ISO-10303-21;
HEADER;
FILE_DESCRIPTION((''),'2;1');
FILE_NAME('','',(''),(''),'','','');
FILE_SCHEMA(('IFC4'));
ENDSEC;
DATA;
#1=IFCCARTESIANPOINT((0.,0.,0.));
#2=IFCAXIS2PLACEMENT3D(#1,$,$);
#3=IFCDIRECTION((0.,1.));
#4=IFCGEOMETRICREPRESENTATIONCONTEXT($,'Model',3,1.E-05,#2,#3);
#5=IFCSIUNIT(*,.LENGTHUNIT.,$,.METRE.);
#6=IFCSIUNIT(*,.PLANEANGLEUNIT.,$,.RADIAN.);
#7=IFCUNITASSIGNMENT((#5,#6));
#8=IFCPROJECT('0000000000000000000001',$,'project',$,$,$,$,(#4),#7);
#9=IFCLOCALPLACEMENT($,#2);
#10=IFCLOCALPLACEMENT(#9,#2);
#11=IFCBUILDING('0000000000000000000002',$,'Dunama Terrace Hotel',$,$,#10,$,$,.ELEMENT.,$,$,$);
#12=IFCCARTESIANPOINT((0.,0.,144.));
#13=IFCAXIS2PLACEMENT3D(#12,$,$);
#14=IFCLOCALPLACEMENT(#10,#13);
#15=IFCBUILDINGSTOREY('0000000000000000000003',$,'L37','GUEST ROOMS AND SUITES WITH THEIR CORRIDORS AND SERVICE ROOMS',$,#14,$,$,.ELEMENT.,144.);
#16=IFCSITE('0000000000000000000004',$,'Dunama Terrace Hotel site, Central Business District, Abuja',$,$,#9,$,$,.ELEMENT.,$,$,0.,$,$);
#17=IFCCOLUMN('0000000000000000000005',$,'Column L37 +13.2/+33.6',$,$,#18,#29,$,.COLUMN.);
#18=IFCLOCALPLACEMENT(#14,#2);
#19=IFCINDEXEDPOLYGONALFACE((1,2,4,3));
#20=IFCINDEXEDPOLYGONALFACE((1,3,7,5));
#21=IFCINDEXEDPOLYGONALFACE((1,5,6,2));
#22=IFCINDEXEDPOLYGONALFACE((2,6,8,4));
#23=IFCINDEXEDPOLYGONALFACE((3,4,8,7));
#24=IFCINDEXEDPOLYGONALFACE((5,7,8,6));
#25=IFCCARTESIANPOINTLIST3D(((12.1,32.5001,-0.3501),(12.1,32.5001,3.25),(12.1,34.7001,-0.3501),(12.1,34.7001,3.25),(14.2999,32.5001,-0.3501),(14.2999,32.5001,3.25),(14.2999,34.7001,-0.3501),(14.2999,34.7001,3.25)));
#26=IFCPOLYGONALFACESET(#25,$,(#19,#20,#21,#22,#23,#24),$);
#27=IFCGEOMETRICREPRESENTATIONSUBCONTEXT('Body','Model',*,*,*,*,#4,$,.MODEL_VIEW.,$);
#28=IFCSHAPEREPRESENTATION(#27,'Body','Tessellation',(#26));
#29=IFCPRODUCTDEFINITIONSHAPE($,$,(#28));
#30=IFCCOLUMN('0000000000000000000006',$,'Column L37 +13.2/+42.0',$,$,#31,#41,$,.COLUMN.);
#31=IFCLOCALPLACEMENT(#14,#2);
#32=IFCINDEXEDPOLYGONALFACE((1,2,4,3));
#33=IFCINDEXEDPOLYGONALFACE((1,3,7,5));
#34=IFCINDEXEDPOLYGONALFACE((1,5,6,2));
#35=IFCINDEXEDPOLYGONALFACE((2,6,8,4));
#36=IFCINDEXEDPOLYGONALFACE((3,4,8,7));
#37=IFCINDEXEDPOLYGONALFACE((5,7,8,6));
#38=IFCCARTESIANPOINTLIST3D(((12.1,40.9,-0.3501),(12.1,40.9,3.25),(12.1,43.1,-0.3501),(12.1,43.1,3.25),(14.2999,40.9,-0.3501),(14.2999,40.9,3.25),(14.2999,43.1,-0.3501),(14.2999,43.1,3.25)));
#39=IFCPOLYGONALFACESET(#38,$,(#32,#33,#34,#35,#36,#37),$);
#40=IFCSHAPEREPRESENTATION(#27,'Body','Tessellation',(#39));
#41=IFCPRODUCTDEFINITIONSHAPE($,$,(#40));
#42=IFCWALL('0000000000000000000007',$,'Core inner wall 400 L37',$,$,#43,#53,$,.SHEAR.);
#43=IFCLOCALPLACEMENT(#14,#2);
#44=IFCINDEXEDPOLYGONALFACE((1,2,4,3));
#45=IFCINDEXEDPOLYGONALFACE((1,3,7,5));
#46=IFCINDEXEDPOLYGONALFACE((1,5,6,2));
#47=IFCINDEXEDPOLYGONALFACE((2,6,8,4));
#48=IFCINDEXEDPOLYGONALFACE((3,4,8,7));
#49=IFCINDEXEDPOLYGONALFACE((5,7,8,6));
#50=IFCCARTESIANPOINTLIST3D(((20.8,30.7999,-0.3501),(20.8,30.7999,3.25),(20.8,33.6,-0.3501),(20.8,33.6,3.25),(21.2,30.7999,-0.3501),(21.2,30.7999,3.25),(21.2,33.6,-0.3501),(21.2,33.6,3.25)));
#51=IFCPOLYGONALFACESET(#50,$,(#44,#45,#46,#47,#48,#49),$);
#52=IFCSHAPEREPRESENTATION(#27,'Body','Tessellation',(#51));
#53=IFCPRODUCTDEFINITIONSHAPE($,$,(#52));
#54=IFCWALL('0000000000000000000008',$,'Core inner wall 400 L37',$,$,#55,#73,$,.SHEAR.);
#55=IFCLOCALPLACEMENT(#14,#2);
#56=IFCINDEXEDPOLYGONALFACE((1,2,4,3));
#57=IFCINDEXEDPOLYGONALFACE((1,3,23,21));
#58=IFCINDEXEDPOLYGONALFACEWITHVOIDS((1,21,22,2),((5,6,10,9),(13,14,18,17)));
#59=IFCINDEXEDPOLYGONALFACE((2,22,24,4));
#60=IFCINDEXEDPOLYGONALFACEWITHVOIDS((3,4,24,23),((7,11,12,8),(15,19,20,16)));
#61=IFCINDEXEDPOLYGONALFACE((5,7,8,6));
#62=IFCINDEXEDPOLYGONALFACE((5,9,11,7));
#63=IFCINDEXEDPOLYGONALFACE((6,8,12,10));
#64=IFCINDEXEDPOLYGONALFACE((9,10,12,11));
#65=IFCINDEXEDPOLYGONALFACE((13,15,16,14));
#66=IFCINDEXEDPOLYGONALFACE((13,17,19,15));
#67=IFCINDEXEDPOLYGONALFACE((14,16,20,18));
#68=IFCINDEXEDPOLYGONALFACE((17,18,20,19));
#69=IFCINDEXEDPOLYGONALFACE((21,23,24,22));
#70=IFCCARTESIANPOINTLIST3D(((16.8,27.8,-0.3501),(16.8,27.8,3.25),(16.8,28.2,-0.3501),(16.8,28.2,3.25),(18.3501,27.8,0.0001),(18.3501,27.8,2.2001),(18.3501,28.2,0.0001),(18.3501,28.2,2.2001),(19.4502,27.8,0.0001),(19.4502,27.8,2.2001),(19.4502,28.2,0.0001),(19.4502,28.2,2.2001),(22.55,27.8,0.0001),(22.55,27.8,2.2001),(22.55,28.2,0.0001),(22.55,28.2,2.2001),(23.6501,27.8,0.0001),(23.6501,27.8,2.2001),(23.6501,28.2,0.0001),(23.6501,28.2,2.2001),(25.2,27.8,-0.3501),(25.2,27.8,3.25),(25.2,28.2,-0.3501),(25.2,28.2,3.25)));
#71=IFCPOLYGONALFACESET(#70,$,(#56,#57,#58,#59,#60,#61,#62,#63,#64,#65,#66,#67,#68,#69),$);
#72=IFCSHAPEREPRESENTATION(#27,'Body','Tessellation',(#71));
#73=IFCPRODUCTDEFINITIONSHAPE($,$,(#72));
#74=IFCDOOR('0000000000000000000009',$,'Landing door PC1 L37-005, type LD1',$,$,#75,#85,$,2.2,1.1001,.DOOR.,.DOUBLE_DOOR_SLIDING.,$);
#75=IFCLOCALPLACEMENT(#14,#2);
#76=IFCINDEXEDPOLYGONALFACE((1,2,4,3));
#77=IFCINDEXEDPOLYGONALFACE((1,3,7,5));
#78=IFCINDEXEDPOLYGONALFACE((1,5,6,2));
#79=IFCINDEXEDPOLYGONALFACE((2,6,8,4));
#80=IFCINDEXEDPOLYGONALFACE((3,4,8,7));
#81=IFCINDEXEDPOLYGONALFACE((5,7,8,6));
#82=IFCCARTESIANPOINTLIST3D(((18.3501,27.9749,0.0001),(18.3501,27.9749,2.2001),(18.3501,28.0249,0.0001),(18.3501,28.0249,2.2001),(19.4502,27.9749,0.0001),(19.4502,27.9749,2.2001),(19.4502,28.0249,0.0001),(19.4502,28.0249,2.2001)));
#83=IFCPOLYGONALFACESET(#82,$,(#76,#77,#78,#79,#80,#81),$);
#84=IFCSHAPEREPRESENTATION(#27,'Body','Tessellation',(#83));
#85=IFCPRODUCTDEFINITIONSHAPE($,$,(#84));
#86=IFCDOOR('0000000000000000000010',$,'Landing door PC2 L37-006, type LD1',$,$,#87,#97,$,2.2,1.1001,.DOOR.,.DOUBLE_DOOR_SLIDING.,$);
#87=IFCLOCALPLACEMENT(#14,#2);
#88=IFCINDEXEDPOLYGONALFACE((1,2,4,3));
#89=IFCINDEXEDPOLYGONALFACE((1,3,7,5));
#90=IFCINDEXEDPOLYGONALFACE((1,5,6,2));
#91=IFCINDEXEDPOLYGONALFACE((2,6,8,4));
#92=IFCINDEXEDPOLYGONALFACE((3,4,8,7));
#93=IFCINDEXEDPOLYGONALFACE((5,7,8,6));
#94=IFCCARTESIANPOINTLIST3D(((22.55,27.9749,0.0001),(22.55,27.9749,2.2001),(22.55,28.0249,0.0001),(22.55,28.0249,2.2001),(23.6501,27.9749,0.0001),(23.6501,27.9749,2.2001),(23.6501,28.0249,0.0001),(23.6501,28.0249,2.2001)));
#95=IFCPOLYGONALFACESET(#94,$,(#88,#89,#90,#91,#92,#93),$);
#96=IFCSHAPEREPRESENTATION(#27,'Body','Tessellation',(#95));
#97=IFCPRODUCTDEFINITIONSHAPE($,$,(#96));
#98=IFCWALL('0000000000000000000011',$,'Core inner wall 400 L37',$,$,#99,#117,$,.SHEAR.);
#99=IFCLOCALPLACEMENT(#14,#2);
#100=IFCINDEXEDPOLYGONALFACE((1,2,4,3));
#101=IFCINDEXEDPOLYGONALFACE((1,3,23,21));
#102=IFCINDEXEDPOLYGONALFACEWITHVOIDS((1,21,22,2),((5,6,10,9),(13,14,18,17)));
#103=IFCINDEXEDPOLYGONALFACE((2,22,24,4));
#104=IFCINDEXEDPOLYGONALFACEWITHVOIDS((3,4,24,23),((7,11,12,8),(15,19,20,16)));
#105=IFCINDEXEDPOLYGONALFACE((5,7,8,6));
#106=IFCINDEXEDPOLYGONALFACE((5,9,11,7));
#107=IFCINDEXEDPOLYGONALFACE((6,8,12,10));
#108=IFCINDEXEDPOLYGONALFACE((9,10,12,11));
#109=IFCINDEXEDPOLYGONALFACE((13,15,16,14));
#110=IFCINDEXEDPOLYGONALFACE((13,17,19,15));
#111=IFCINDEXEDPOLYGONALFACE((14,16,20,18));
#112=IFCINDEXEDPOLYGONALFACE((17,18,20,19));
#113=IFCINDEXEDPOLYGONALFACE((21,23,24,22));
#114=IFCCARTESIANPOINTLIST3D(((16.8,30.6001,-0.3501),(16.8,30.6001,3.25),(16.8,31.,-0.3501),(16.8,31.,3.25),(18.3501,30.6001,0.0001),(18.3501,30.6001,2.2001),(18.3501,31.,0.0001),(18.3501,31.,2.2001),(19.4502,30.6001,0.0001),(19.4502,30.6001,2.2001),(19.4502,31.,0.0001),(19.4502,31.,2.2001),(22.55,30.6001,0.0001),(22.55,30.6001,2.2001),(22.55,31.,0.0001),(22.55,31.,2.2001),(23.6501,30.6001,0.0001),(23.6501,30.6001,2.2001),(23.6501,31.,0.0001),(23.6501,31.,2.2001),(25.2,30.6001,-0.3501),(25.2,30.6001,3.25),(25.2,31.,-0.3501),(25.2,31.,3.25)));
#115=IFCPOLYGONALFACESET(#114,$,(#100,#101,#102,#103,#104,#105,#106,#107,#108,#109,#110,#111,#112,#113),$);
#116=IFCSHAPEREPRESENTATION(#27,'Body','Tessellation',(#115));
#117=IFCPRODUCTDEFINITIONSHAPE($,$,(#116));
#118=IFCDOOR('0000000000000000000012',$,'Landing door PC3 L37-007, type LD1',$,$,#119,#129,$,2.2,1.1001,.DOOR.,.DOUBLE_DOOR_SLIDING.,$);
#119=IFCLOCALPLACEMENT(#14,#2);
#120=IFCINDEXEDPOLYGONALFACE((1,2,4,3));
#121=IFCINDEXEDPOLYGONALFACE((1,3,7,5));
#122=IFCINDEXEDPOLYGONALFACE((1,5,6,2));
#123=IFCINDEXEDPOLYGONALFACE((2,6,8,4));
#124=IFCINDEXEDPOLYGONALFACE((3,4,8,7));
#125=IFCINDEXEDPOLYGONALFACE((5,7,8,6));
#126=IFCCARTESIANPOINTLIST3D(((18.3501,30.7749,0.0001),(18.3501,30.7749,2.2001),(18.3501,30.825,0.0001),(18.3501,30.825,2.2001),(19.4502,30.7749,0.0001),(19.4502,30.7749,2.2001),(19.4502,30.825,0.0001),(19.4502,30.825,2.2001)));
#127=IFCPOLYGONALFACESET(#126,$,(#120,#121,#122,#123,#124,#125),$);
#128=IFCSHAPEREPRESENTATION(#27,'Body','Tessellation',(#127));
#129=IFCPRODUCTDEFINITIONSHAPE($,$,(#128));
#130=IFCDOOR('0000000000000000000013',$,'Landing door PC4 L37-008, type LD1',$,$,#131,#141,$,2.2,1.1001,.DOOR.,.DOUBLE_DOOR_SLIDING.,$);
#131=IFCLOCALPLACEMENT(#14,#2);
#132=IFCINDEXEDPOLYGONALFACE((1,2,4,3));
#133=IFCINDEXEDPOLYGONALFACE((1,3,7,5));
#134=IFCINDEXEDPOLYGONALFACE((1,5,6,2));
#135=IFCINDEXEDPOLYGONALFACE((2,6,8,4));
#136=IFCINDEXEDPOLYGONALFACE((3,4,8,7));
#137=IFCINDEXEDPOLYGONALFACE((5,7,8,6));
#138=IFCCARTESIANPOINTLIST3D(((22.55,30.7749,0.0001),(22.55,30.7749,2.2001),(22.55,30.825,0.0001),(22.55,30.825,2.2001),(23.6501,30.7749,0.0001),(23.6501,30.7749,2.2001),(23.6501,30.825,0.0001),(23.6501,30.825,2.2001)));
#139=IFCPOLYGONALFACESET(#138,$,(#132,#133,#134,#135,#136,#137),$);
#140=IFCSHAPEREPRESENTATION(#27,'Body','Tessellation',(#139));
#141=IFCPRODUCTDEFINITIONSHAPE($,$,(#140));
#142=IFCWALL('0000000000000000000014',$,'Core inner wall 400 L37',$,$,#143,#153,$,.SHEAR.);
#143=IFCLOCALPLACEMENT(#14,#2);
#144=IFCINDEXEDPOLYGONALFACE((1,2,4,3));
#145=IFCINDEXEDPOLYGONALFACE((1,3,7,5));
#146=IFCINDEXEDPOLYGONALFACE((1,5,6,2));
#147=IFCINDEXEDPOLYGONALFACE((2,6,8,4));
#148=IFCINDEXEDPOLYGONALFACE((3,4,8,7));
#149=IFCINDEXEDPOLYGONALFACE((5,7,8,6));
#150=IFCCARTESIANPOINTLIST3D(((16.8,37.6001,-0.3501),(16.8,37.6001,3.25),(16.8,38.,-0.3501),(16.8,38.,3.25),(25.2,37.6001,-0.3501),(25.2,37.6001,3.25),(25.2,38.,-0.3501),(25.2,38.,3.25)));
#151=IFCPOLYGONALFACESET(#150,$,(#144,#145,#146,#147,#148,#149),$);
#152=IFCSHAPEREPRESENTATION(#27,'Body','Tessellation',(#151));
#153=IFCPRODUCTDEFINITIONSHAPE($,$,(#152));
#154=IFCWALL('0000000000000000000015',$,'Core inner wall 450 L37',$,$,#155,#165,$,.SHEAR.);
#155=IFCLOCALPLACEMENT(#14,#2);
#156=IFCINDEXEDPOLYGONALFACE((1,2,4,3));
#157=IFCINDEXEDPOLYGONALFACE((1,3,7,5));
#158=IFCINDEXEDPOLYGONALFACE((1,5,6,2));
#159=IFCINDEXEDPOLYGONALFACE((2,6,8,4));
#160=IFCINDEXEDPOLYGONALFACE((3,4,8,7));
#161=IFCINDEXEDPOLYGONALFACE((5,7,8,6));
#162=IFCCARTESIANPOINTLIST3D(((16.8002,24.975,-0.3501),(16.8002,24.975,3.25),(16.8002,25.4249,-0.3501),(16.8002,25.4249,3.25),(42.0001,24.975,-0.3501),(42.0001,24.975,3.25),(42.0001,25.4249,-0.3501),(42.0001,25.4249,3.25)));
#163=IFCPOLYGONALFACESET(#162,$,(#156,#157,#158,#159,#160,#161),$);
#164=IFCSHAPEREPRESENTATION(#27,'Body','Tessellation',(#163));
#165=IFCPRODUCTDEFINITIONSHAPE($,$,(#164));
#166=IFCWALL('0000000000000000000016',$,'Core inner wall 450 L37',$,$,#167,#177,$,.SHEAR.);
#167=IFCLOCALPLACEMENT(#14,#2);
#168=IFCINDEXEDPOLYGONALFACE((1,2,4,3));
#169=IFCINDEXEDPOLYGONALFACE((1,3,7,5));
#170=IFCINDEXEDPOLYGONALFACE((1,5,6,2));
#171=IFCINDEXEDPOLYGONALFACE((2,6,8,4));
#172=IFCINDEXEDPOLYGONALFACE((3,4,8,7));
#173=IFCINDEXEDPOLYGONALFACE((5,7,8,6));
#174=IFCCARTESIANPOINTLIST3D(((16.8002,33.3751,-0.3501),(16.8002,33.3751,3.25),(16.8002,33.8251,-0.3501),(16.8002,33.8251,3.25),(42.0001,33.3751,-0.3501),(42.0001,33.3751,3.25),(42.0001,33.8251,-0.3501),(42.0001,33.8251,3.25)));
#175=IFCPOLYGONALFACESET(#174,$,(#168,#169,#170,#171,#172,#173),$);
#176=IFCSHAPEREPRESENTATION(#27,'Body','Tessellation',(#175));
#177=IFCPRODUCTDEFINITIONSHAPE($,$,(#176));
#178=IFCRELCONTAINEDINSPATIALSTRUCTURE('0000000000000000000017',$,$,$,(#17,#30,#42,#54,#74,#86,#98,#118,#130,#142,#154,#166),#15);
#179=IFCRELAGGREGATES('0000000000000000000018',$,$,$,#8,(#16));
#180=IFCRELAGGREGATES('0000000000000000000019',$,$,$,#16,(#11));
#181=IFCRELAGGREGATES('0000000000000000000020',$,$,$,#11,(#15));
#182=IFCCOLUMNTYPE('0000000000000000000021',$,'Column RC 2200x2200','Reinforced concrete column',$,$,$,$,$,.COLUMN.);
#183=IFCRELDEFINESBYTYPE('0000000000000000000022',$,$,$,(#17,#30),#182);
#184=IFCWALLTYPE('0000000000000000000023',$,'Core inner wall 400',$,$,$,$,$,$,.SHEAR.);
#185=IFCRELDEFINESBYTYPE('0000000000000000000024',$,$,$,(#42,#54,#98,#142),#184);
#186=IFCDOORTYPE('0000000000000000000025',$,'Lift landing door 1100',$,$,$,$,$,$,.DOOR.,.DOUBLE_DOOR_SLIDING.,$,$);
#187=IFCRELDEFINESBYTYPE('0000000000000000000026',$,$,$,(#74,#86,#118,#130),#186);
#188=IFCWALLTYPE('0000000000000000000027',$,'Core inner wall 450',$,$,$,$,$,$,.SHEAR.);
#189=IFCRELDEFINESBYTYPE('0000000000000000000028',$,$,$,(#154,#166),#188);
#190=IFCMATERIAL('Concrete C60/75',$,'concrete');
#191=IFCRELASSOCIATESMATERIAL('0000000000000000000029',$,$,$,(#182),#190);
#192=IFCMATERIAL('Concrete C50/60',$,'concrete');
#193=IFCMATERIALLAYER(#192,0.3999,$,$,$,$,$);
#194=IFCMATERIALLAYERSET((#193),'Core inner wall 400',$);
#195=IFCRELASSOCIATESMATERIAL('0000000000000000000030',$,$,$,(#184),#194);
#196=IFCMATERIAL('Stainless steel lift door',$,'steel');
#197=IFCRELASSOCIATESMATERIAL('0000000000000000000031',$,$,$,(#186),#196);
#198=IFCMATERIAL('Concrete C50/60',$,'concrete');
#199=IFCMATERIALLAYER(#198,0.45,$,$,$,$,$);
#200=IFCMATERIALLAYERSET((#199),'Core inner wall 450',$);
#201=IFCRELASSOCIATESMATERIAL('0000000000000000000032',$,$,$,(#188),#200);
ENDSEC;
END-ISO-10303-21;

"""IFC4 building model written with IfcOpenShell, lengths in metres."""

from ifc_helpers import new_model, si_unit, direction, frame, frame_2d, origin, origin_2d, place, context, subcontext, project, spatial, rectangle, extrude, material, layer, layer_set, material_profile, profile_set, type_object, element, fill, save


model = new_model("IFC4")

# Units and contexts
model_context = context("Model", 3, precision=1e-05, world=origin(), true_north=direction((0.0, 1.0)))
body_context = subcontext(model_context, "Body", "Model", "MODEL_VIEW")
ifc_project = project(units=[si_unit("LENGTHUNIT", "METRE"), si_unit("PLANEANGLEUNIT", "RADIAN")], contexts=[model_context])

# Site, building, storey
site_placement = place(None, origin())
site = spatial("IfcSite", under=ifc_project, at=site_placement, Name="Dunama Terrace Hotel site, Central Business District, Abuja", CompositionType="ELEMENT", RefElevation=0.0)
building_placement = place(site_placement, origin())
building = spatial("IfcBuilding", under=site, at=building_placement, Name="Dunama Terrace Hotel", CompositionType="ELEMENT")
storey_placement = place(building_placement, frame((0.0, 0.0, 144.0)))
storey = spatial("IfcBuildingStorey", under=building, at=storey_placement, Name="L37", Description="GUEST ROOMS AND SUITES WITH THEIR CORRIDORS AND SERVICE ROOMS", CompositionType="ELEMENT", Elevation=144.0)

# Columns
ifc_material_1 = material(Name="Concrete C60/75", Category="concrete")
ifc_material_profile = material_profile(ifc_material_1, rectangle(XDim=2.2, YDim=2.2, at=origin_2d()), Name="RC 2200x2200")
ifc_profile_set = profile_set([ifc_material_profile], Name="Concrete C60/75")
column_type = type_object("IfcColumnType", Name="Column RC 2200x2200", Description="Reinforced concrete column", PredefinedType="COLUMN", material=ifc_profile_set)
for number, where, z_axis, x_axis, name in (
    (1, (13.2, 33.6001, -0.3501), (0.0, 0.0, 1.0), (1.0, 0.0, 0.0), "Column L37 +13.2/+33.6"),
    (2, (13.2, 42.0, -0.3501), (0.0, 0.0, 1.0), (1.0, 0.0, 0.0), "Column L37 +13.2/+42.0"),
):
    element("IfcColumn", number, at=place(storey_placement, frame(where, z_axis=z_axis, x_axis=x_axis)), inside=storey, type_object=column_type, Name=name, PredefinedType="COLUMN", context=body_context, shape_type="SweptSolid", body=[
        extrude(rectangle(XDim=2.2, YDim=2.2, at=origin_2d()), origin(), (0.0, 0.0, 1.0), 3.6001),
    ])

# Wall
ifc_material_2 = material(Name="Concrete C50/60", Category="concrete")
ifc_layer_1 = layer(ifc_material_2, 0.3999)
ifc_layer_set_1 = layer_set([ifc_layer_1], Name="Core inner wall 400")
wall_type_1 = type_object("IfcWallType", Name="Core inner wall 400", PredefinedType="SHEAR", material=ifc_layer_set_1)
wall_1_placement = place(storey_placement, frame((21.0, 30.8, -0.3501), z_axis=(0.0, 0.0, 1.0), x_axis=(0.0, 1.0, 0.0)))
element("IfcWall", 3, at=wall_1_placement, inside=storey, type_object=wall_type_1, Name="Core inner wall 400 L37", PredefinedType="SHEAR", context=body_context, shape_type="SweptSolid", body=[
    extrude(rectangle(XDim=2.8, YDim=0.3999, at=frame_2d((1.3999, 0.0))), origin(), (0.0, 0.0, 1.0), 3.6001),
])

# Walls, openings, doors
wall_2_placement = place(storey_placement, frame((16.8, 28.0, -0.3501), z_axis=(0.0, 0.0, 1.0), x_axis=(1.0, 0.0, 0.0)))
wall_2 = element("IfcWall", 4, at=wall_2_placement, inside=storey, type_object=wall_type_1, Name="Core inner wall 400 L37", PredefinedType="SHEAR", context=body_context, shape_type="SweptSolid", body=[
    extrude(rectangle(XDim=8.3999, YDim=0.3999, at=frame_2d((4.2, 0.0))), origin(), (0.0, 0.0, 1.0), 3.6001),
])
opening_1_placement = place(wall_2_placement, frame((1.55, 0.0, 0.3501)))
opening_1 = element("IfcOpeningElement", 5, at=opening_1_placement, cuts=wall_2, PredefinedType="OPENING", context=body_context, shape_type="SweptSolid", body=[
    extrude(rectangle(XDim=1.1001, YDim=2.2, at=frame_2d((0.55, 1.1001))), frame((0.0, 0.21, 0.0), z_axis=(0.0, -1.0, 0.0), x_axis=(1.0, 0.0, 0.0)), (0.0, 0.0, 1.0), 0.4199),
])
opening_2_placement = place(wall_2_placement, frame((5.75, 0.0, 0.3501)))
opening_2 = element("IfcOpeningElement", 6, at=opening_2_placement, cuts=wall_2, PredefinedType="OPENING", context=body_context, shape_type="SweptSolid", body=[
    extrude(rectangle(XDim=1.1001, YDim=2.2, at=frame_2d((0.55, 1.1001))), frame((0.0, 0.21, 0.0), z_axis=(0.0, -1.0, 0.0), x_axis=(1.0, 0.0, 0.0)), (0.0, 0.0, 1.0), 0.4199),
])
ifc_material_3 = material(Name="Stainless steel lift door", Category="steel")
door_type_1 = type_object("IfcDoorType", Name="Lift landing door 1100", OperationType="DOUBLE_DOOR_SLIDING", PredefinedType="DOOR", material=ifc_material_3)
door_1_placement = place(opening_1_placement, origin())
door_1 = element("IfcDoor", 7, at=door_1_placement, inside=storey, type_object=door_type_1, Name="Landing door PC1 L37-005, type LD1", OperationType="DOUBLE_DOOR_SLIDING", OverallHeight=2.2, OverallWidth=1.1001, PredefinedType="DOOR", context=body_context, shape_type="SweptSolid", body=[
    extrude(rectangle(XDim=1.1001, YDim=2.2, at=frame_2d((0.55, 1.1001))), frame((0.0, 0.0249, 0.0), z_axis=(0.0, -1.0, 0.0), x_axis=(1.0, 0.0, 0.0)), (0.0, 0.0, 1.0), 0.05),
])
fill(opening_1, door_1)
door_2_placement = place(opening_2_placement, origin())
door_2 = element("IfcDoor", 8, at=door_2_placement, inside=storey, type_object=door_type_1, Name="Landing door PC2 L37-006, type LD1", OperationType="DOUBLE_DOOR_SLIDING", OverallHeight=2.2, OverallWidth=1.1001, PredefinedType="DOOR", context=body_context, shape_type="SweptSolid", body=[
    extrude(rectangle(XDim=1.1001, YDim=2.2, at=frame_2d((0.55, 1.1001))), frame((0.0, 0.0249, 0.0), z_axis=(0.0, -1.0, 0.0), x_axis=(1.0, 0.0, 0.0)), (0.0, 0.0, 1.0), 0.05),
])
fill(opening_2, door_2)
wall_3_placement = place(storey_placement, frame((16.8, 30.8, -0.3501), z_axis=(0.0, 0.0, 1.0), x_axis=(1.0, 0.0, 0.0)))
wall_3 = element("IfcWall", 9, at=wall_3_placement, inside=storey, type_object=wall_type_1, Name="Core inner wall 400 L37", PredefinedType="SHEAR", context=body_context, shape_type="SweptSolid", body=[
    extrude(rectangle(XDim=8.3999, YDim=0.3999, at=frame_2d((4.2, 0.0))), origin(), (0.0, 0.0, 1.0), 3.6001),
])
opening_3_placement = place(wall_3_placement, frame((1.55, 0.0, 0.3501)))
opening_3 = element("IfcOpeningElement", 10, at=opening_3_placement, cuts=wall_3, PredefinedType="OPENING", context=body_context, shape_type="SweptSolid", body=[
    extrude(rectangle(XDim=1.1001, YDim=2.2, at=frame_2d((0.55, 1.1001))), frame((0.0, 0.21, 0.0), z_axis=(0.0, -1.0, 0.0), x_axis=(1.0, 0.0, 0.0)), (0.0, 0.0, 1.0), 0.4199),
])
opening_4_placement = place(wall_3_placement, frame((5.75, 0.0, 0.3501)))
opening_4 = element("IfcOpeningElement", 11, at=opening_4_placement, cuts=wall_3, PredefinedType="OPENING", context=body_context, shape_type="SweptSolid", body=[
    extrude(rectangle(XDim=1.1001, YDim=2.2, at=frame_2d((0.55, 1.1001))), frame((0.0, 0.21, 0.0), z_axis=(0.0, -1.0, 0.0), x_axis=(1.0, 0.0, 0.0)), (0.0, 0.0, 1.0), 0.4199),
])
door_3_placement = place(opening_3_placement, origin())
door_3 = element("IfcDoor", 12, at=door_3_placement, inside=storey, type_object=door_type_1, Name="Landing door PC3 L37-007, type LD1", OperationType="DOUBLE_DOOR_SLIDING", OverallHeight=2.2, OverallWidth=1.1001, PredefinedType="DOOR", context=body_context, shape_type="SweptSolid", body=[
    extrude(rectangle(XDim=1.1001, YDim=2.2, at=frame_2d((0.55, 1.1001))), frame((0.0, 0.0249, 0.0), z_axis=(0.0, -1.0, 0.0), x_axis=(1.0, 0.0, 0.0)), (0.0, 0.0, 1.0), 0.05),
])
fill(opening_3, door_3)
door_4_placement = place(opening_4_placement, origin())
door_4 = element("IfcDoor", 13, at=door_4_placement, inside=storey, type_object=door_type_1, Name="Landing door PC4 L37-008, type LD1", OperationType="DOUBLE_DOOR_SLIDING", OverallHeight=2.2, OverallWidth=1.1001, PredefinedType="DOOR", context=body_context, shape_type="SweptSolid", body=[
    extrude(rectangle(XDim=1.1001, YDim=2.2, at=frame_2d((0.55, 1.1001))), frame((0.0, 0.0249, 0.0), z_axis=(0.0, -1.0, 0.0), x_axis=(1.0, 0.0, 0.0)), (0.0, 0.0, 1.0), 0.05),
])
fill(opening_4, door_4)

# Walls
wall_4_placement = place(storey_placement, frame((16.8, 37.8, -0.3501), z_axis=(0.0, 0.0, 1.0), x_axis=(1.0, 0.0, 0.0)))
element("IfcWall", 14, at=wall_4_placement, inside=storey, type_object=wall_type_1, Name="Core inner wall 400 L37", PredefinedType="SHEAR", context=body_context, shape_type="SweptSolid", body=[
    extrude(rectangle(XDim=8.3999, YDim=0.3999, at=frame_2d((4.2, 0.0))), origin(), (0.0, 0.0, 1.0), 3.6001),
])
ifc_material_4 = material(Name="Concrete C50/60", Category="concrete")
ifc_layer_2 = layer(ifc_material_4, 0.45)
ifc_layer_set_2 = layer_set([ifc_layer_2], Name="Core inner wall 450")
wall_type_2 = type_object("IfcWallType", Name="Core inner wall 450", PredefinedType="SHEAR", material=ifc_layer_set_2)
for number, where, z_axis, x_axis, name in (
    (15, (16.8, 25.2, -0.3501), (0.0, 0.0, 1.0), (1.0, 0.0, 0.0), "Core inner wall 450 L37"),
    (16, (16.8, 33.6001, -0.3501), (0.0, 0.0, 1.0), (1.0, 0.0, 0.0), "Core inner wall 450 L37"),
):
    element("IfcWall", number, at=place(storey_placement, frame(where, z_axis=z_axis, x_axis=x_axis)), inside=storey, type_object=wall_type_2, Name=name, PredefinedType="SHEAR", context=body_context, shape_type="SweptSolid", body=[
        extrude(rectangle(XDim=25.2, YDim=0.45, at=frame_2d((12.6001, 0.0))), origin(), (0.0, 0.0, 1.0), 3.6001),
    ])

save(model, "model.ifc")
